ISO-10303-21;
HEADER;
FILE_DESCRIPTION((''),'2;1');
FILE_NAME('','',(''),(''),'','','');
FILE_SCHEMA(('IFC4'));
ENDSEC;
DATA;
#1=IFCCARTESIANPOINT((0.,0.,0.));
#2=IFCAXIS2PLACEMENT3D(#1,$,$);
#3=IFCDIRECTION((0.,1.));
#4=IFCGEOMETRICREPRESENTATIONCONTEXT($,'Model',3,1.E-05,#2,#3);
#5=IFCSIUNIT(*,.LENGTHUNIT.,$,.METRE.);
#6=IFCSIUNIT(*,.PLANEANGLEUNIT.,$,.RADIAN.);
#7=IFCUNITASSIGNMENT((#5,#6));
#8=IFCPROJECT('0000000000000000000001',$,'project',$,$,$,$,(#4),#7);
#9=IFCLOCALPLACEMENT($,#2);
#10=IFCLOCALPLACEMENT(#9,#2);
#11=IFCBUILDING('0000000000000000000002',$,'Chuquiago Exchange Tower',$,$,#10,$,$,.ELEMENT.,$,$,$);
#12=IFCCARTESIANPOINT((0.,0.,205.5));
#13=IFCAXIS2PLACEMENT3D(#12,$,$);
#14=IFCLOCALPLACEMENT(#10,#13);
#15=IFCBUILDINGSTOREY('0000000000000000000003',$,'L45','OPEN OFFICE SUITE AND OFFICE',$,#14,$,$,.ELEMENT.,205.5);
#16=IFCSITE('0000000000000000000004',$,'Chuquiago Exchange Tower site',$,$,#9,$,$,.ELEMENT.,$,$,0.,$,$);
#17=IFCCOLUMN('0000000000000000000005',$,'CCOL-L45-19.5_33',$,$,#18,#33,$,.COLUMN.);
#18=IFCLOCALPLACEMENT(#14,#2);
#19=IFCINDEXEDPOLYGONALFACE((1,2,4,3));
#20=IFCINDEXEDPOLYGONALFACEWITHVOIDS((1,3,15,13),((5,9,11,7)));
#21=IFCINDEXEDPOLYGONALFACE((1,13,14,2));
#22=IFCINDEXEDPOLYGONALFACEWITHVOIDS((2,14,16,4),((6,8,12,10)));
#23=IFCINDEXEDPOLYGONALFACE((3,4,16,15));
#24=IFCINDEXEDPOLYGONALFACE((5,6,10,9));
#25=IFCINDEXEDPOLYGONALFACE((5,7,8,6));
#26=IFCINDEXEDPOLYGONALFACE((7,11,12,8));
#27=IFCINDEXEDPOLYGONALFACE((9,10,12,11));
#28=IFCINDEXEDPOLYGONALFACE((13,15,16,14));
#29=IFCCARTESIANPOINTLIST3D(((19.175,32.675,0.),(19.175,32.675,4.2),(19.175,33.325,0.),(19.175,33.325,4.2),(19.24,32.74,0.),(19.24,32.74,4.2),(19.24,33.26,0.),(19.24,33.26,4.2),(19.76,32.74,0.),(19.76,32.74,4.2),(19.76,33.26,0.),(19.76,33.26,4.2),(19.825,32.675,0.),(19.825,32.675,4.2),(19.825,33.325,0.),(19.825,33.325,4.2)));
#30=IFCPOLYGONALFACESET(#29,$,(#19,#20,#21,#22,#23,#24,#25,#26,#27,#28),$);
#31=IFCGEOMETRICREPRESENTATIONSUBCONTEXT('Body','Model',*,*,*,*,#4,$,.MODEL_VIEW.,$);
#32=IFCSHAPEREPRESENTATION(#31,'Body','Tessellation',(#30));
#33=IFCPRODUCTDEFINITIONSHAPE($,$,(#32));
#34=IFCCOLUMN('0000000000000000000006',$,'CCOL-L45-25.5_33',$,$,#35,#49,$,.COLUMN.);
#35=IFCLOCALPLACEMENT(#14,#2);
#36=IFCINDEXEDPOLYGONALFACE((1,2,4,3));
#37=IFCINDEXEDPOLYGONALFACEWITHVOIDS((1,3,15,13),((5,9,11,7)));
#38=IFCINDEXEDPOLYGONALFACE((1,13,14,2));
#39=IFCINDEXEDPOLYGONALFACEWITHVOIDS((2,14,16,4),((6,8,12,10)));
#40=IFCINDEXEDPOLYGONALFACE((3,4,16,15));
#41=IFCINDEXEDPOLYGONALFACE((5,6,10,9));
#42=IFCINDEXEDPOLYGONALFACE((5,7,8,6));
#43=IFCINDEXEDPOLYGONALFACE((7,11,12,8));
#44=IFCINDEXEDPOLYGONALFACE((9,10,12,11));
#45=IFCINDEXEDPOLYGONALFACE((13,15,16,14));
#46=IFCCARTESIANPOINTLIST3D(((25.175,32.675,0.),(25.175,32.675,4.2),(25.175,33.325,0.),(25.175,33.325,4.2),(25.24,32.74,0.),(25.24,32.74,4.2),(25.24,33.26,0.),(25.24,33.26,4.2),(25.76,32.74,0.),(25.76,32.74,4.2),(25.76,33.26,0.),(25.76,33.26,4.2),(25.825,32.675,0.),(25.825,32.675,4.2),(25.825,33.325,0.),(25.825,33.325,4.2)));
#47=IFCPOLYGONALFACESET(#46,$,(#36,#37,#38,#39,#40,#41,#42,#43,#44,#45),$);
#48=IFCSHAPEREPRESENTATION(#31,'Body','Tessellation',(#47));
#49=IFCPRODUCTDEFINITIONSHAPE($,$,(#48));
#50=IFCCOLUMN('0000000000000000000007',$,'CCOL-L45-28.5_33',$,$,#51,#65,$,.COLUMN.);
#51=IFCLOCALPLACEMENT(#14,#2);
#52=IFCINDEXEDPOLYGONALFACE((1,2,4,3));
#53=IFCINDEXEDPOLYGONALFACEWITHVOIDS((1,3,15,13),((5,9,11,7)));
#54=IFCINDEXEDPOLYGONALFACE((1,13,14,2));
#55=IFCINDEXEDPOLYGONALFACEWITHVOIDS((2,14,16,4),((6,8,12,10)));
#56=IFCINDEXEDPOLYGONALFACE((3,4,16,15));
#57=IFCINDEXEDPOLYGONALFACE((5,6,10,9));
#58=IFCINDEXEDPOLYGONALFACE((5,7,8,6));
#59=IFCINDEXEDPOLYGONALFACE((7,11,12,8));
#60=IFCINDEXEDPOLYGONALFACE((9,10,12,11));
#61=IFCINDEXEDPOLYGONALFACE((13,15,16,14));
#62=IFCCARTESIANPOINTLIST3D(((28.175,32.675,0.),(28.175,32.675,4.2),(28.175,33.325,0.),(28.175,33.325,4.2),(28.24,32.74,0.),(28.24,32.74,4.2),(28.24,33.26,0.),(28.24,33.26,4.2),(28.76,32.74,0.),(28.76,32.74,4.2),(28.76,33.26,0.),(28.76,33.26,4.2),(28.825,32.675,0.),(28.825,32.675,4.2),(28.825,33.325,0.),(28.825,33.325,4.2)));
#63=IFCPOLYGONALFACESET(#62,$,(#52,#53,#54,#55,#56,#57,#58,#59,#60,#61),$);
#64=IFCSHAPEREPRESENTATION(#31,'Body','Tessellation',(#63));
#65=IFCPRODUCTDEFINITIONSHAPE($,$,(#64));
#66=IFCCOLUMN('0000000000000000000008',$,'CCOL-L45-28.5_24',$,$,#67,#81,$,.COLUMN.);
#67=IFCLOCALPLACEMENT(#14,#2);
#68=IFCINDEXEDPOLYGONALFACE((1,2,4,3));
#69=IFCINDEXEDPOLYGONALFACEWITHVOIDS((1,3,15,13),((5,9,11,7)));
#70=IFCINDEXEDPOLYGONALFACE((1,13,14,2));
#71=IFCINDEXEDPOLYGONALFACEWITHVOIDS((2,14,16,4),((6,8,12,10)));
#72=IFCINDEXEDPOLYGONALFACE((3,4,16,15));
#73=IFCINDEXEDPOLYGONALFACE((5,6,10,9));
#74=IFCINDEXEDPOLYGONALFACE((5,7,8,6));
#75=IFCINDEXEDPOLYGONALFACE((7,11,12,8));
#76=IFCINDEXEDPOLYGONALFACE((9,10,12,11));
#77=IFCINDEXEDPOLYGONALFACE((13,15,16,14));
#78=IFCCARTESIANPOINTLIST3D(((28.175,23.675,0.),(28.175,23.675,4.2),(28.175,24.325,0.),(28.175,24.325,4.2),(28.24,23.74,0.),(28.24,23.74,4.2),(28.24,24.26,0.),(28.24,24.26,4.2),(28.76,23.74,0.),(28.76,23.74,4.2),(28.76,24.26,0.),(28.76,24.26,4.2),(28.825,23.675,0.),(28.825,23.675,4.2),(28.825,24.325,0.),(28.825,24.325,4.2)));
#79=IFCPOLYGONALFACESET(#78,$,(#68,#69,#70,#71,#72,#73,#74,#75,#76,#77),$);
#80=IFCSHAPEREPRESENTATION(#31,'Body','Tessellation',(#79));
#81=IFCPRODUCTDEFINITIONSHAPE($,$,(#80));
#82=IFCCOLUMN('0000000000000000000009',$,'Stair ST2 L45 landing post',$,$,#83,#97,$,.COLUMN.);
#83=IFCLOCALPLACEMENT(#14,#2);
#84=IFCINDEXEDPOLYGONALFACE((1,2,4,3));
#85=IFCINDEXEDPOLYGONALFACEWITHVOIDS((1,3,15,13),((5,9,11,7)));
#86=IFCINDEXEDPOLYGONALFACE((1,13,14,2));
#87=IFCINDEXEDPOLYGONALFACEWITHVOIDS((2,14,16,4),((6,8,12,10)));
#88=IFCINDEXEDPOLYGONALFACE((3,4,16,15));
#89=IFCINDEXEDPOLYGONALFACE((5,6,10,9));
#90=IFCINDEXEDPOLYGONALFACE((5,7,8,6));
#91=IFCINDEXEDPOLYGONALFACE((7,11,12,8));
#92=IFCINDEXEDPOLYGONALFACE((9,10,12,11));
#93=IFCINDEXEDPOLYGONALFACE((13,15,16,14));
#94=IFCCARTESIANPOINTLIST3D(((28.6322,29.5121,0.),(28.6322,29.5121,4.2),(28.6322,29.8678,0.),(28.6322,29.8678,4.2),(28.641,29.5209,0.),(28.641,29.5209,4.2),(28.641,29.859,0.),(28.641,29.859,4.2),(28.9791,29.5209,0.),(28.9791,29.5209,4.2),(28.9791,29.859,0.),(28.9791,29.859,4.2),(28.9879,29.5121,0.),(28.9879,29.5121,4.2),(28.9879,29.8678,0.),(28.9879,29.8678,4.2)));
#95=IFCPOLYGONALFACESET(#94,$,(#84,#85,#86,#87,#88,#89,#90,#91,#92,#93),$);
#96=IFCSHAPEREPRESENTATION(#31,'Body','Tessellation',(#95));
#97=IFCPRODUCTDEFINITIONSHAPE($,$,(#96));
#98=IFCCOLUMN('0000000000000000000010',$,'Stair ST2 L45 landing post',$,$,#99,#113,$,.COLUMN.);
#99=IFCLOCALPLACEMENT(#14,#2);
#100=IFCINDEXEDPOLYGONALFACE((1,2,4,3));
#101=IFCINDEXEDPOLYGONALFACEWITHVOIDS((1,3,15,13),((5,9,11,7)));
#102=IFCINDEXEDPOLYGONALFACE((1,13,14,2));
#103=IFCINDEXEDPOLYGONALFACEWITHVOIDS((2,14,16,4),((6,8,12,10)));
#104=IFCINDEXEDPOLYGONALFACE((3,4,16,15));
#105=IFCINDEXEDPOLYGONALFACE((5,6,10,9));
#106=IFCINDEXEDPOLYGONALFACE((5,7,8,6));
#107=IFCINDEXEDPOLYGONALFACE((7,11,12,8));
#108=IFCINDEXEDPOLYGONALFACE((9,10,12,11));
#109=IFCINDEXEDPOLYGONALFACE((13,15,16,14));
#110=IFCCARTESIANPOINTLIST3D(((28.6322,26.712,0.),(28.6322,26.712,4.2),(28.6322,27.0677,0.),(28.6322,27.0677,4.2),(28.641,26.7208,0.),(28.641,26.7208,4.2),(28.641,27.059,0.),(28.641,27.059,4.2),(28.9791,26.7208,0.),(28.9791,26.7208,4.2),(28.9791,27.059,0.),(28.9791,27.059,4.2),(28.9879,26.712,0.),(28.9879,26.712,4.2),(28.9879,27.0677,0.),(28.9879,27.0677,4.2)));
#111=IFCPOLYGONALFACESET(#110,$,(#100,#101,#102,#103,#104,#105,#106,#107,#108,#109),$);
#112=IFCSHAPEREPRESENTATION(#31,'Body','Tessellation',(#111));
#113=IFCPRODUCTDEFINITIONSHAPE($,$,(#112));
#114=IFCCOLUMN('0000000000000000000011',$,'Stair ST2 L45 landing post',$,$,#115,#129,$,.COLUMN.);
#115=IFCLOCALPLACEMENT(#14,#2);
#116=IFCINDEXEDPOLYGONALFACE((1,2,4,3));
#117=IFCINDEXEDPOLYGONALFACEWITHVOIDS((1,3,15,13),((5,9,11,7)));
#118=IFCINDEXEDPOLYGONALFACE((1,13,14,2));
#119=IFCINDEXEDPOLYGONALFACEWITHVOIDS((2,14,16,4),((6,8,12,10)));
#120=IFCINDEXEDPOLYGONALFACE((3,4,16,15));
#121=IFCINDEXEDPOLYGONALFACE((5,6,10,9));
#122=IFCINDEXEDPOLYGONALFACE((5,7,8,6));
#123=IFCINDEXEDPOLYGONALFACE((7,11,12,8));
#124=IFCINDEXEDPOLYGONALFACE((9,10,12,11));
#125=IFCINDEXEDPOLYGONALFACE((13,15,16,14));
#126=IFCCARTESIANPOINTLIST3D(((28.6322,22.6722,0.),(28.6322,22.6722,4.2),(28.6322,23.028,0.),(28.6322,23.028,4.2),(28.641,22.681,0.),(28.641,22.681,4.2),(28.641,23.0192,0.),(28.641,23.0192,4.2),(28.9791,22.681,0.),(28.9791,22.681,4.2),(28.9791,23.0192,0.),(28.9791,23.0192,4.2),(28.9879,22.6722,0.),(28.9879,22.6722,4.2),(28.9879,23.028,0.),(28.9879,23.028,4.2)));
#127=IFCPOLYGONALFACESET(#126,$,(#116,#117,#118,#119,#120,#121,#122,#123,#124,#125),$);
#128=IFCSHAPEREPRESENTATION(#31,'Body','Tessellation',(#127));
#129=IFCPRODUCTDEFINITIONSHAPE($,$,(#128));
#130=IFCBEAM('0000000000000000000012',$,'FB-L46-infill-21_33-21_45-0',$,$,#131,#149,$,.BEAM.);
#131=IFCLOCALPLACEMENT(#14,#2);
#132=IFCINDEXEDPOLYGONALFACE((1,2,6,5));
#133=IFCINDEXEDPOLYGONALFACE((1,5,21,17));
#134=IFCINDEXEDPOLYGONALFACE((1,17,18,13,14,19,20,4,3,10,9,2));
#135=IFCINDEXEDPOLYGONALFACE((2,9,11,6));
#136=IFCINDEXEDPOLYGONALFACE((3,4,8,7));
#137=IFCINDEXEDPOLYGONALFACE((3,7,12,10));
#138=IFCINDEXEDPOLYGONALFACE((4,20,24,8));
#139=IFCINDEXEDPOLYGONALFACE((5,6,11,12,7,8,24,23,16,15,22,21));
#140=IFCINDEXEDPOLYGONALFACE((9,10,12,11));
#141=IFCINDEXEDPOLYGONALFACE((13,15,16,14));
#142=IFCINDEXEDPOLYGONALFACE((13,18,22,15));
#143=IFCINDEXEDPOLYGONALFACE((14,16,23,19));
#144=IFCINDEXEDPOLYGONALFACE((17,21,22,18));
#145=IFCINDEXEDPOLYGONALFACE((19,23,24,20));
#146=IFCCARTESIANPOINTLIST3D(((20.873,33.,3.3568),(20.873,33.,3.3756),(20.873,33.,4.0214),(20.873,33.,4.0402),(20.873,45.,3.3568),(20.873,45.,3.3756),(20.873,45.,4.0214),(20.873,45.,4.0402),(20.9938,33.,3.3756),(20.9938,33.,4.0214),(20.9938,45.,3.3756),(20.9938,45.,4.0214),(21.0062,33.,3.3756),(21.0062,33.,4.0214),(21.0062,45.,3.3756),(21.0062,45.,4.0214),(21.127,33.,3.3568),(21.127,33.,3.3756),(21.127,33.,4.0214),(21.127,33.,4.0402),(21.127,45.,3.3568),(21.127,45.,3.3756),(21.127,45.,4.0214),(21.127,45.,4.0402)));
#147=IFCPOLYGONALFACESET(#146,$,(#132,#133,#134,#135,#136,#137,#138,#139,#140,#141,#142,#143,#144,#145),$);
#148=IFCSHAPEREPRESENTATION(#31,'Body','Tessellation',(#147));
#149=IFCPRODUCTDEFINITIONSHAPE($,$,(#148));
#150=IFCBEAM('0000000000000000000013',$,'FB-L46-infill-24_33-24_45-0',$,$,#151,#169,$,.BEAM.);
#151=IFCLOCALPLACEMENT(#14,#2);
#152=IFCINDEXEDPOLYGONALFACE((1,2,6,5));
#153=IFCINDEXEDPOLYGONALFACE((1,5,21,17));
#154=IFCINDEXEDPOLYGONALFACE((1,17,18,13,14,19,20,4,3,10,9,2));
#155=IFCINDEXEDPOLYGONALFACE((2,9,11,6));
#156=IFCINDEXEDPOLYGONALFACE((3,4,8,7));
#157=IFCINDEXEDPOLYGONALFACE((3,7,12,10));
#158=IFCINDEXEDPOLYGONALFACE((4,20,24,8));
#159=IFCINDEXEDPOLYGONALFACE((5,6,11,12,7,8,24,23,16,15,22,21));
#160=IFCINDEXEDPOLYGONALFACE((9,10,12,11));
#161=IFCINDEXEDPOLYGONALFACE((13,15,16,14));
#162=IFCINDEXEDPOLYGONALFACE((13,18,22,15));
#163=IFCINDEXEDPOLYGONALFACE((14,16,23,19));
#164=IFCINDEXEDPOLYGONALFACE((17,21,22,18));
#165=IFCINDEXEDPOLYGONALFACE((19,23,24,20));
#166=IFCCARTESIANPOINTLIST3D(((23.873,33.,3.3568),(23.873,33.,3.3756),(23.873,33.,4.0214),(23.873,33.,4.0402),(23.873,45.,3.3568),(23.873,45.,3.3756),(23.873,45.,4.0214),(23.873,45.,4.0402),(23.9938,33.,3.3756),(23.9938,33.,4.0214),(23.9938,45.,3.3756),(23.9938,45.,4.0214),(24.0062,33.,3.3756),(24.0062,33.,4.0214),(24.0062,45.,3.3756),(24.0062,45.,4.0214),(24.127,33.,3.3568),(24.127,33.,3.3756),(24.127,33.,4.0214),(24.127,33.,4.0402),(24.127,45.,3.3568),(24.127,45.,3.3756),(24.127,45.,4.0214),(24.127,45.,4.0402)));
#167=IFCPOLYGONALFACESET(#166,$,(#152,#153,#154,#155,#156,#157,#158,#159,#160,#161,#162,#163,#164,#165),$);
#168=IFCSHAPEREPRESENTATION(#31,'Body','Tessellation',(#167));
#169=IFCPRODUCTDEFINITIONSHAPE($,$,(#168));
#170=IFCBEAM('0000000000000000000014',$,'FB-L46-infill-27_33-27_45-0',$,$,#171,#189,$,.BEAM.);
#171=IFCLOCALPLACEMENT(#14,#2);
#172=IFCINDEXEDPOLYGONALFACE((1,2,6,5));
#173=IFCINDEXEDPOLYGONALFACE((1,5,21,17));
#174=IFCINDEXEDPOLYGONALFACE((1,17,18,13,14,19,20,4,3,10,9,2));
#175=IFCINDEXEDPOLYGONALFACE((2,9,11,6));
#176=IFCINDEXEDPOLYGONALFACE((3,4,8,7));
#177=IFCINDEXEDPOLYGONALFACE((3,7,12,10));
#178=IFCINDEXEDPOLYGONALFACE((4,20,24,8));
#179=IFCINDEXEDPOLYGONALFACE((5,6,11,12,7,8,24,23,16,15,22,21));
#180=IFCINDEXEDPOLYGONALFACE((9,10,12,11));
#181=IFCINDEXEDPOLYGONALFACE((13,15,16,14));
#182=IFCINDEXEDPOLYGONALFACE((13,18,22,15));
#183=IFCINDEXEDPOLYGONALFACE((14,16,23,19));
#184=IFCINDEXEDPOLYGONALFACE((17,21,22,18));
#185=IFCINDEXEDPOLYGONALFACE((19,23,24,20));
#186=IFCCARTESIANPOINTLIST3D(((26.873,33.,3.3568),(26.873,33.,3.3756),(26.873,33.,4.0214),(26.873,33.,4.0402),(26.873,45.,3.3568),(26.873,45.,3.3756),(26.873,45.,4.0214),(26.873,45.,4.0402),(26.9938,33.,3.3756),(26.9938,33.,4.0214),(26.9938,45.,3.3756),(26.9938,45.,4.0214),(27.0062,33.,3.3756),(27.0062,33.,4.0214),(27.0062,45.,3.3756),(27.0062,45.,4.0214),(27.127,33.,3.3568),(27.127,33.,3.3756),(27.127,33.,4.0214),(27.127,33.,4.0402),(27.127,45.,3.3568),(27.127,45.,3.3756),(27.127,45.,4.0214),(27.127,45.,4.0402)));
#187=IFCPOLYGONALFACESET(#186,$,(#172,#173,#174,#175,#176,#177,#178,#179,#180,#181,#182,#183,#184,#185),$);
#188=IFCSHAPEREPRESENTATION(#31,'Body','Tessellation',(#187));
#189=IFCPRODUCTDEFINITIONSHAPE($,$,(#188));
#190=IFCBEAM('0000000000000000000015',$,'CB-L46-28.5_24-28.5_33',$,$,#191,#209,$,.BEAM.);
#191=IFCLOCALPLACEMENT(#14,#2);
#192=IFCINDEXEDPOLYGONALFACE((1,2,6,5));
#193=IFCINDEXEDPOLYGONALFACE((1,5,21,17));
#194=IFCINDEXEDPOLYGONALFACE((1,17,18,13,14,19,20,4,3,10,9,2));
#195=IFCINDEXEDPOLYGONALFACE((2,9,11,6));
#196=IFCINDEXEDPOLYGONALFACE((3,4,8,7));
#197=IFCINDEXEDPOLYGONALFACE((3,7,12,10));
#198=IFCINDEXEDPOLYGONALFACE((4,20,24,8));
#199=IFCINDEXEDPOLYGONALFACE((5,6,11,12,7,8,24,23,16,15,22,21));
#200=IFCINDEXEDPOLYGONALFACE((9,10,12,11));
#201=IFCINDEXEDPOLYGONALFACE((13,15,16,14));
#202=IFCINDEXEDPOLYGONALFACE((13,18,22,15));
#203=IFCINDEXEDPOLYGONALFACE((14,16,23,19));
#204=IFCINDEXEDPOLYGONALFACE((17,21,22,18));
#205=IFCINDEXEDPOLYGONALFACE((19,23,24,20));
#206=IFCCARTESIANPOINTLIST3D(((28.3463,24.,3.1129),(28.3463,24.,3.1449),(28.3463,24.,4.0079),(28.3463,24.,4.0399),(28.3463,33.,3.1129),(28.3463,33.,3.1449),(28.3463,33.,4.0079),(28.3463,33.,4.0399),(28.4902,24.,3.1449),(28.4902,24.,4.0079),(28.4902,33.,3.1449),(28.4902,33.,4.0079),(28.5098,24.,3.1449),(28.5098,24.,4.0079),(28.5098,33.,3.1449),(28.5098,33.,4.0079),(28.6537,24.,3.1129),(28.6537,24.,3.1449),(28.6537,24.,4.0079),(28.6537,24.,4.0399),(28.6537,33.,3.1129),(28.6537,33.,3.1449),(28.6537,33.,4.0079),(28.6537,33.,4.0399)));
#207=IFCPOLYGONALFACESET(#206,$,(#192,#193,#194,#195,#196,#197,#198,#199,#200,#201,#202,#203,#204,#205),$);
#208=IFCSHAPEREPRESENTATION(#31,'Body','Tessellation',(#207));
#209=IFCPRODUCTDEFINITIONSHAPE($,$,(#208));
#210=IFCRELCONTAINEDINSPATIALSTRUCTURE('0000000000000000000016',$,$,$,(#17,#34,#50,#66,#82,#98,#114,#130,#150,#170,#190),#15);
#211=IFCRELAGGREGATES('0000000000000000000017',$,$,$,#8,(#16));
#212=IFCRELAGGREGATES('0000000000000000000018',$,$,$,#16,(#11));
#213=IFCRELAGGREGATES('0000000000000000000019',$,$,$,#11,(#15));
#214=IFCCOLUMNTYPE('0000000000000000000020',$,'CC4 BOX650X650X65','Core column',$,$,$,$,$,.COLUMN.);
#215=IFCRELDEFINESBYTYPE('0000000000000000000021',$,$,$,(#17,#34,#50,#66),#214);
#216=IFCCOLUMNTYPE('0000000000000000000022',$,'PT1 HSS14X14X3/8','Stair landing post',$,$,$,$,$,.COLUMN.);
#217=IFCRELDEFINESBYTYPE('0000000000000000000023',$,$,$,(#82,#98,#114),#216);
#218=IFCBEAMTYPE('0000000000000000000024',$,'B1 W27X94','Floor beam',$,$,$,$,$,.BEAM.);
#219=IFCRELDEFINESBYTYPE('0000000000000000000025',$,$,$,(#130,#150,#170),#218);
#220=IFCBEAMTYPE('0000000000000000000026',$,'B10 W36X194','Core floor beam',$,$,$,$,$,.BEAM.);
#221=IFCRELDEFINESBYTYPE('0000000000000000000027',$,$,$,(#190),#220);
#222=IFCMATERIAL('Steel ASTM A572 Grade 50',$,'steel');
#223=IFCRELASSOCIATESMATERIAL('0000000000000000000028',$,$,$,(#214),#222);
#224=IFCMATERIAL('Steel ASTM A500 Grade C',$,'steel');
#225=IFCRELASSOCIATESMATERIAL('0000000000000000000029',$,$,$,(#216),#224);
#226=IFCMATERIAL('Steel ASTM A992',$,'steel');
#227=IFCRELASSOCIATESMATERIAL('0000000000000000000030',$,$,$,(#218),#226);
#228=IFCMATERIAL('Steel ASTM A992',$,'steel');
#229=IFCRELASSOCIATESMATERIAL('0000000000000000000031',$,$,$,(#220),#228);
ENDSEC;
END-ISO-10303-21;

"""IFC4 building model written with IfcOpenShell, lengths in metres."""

from ifc_helpers import new_model, si_unit, direction, frame, origin, origin_2d, place, context, subcontext, project, spatial, hollow_rectangle, i_section, extrude, material, material_profile, profile_set, type_object, element, save


model = new_model("IFC4")

# Units and contexts
model_context = context("Model", 3, precision=1e-05, world=origin(), true_north=direction((0.0, 1.0)))
body_context = subcontext(model_context, "Body", "Model", "MODEL_VIEW")
ifc_project = project(units=[si_unit("LENGTHUNIT", "METRE"), si_unit("PLANEANGLEUNIT", "RADIAN")], contexts=[model_context])

# Site, building, storey
site_placement = place(None, origin())
site = spatial("IfcSite", under=ifc_project, at=site_placement, Name="Chuquiago Exchange Tower site", CompositionType="ELEMENT", RefElevation=0.0)
building_placement = place(site_placement, origin())
building = spatial("IfcBuilding", under=site, at=building_placement, Name="Chuquiago Exchange Tower", CompositionType="ELEMENT")
storey_placement = place(building_placement, frame((0.0, 0.0, 205.5)))
storey = spatial("IfcBuildingStorey", under=building, at=storey_placement, Name="L45", Description="OPEN OFFICE SUITE AND OFFICE", CompositionType="ELEMENT", Elevation=205.5)

# Columns
ifc_material_1 = material(Name="Steel ASTM A572 Grade 50", Category="steel")
ifc_material_profile_1 = material_profile(ifc_material_1, hollow_rectangle(XDim=0.6499, YDim=0.6499, WallThickness=0.0649, at=origin_2d()), Name="BOX650X650X65")
ifc_profile_set_1 = profile_set([ifc_material_profile_1], Name="Steel ASTM A572 Grade 50")
column_type_1 = type_object("IfcColumnType", Name="CC4 BOX650X650X65", Description="Core column", PredefinedType="COLUMN", material=ifc_profile_set_1)
for number, where, z_axis, x_axis, name in (
    (1, (19.5, 33.0, 0.0), (0.0, 0.0, 1.0), (1.0, 0.0, 0.0), "CCOL-L45-19.5_33"),
    (2, (25.5, 33.0, 0.0), (0.0, 0.0, 1.0), (1.0, 0.0, 0.0), "CCOL-L45-25.5_33"),
    (3, (28.5, 33.0, 0.0), (0.0, 0.0, 1.0), (1.0, 0.0, 0.0), "CCOL-L45-28.5_33"),
    (4, (28.5, 24.0, 0.0), (0.0, 0.0, 1.0), (1.0, 0.0, 0.0), "CCOL-L45-28.5_24"),
):
    element("IfcColumn", number, at=place(storey_placement, frame(where, z_axis=z_axis, x_axis=x_axis)), inside=storey, type_object=column_type_1, Name=name, PredefinedType="COLUMN", context=body_context, shape_type="SweptSolid", body=[
        extrude(hollow_rectangle(XDim=0.6499, YDim=0.6499, WallThickness=0.0649, at=origin_2d()), origin(), (0.0, 0.0, 1.0), 4.2),
    ])
ifc_material_2 = material(Name="Steel ASTM A500 Grade C", Category="steel")
ifc_material_profile_2 = material_profile(ifc_material_2, hollow_rectangle(XDim=0.3557, YDim=0.3557, WallThickness=0.0088, at=origin_2d()), Name="HSS14X14X3/8")
ifc_profile_set_2 = profile_set([ifc_material_profile_2], Name="Steel ASTM A500 Grade C")
column_type_2 = type_object("IfcColumnType", Name="PT1 HSS14X14X3/8", Description="Stair landing post", PredefinedType="COLUMN", material=ifc_profile_set_2)
for number, where, z_axis, x_axis, name in (
    (5, (28.8101, 29.6899, 0.0), (0.0, 0.0, 1.0), (1.0, 0.0, 0.0), "Stair ST2 L45 landing post"),
    (6, (28.8101, 26.8899, 0.0), (0.0, 0.0, 1.0), (1.0, 0.0, 0.0), "Stair ST2 L45 landing post"),
    (7, (28.8101, 22.8501, 0.0), (0.0, 0.0, 1.0), (1.0, 0.0, 0.0), "Stair ST2 L45 landing post"),
):
    element("IfcColumn", number, at=place(storey_placement, frame(where, z_axis=z_axis, x_axis=x_axis)), inside=storey, type_object=column_type_2, Name=name, PredefinedType="COLUMN", context=body_context, shape_type="SweptSolid", body=[
        extrude(hollow_rectangle(XDim=0.3557, YDim=0.3557, WallThickness=0.0088, at=origin_2d()), origin(), (0.0, 0.0, 1.0), 4.2),
    ])

# Beams
ifc_material_3 = material(Name="Steel ASTM A992", Category="steel")
ifc_material_profile_3 = material_profile(ifc_material_3, i_section(OverallWidth=0.2539, OverallDepth=0.6833, WebThickness=0.0125, FlangeThickness=0.0188, at=origin_2d()), Name="W27X94")
ifc_profile_set_3 = profile_set([ifc_material_profile_3], Name="Steel ASTM A992")
beam_type_1 = type_object("IfcBeamType", Name="B1 W27X94", Description="Floor beam", PredefinedType="BEAM", material=ifc_profile_set_3)
for number, where, z_axis, x_axis, name in (
    (8, (21.0, 33.0, 3.6985), (0.0, 1.0, 0.0), (-1.0, 0.0, 0.0), "FB-L46-infill-21_33-21_45-0"),
    (9, (24.0, 33.0, 3.6985), (0.0, 1.0, 0.0), (-1.0, 0.0, 0.0), "FB-L46-infill-24_33-24_45-0"),
    (10, (27.0, 33.0, 3.6985), (0.0, 1.0, 0.0), (-1.0, 0.0, 0.0), "FB-L46-infill-27_33-27_45-0"),
):
    element("IfcBeam", number, at=place(storey_placement, frame(where, z_axis=z_axis, x_axis=x_axis)), inside=storey, type_object=beam_type_1, Name=name, PredefinedType="BEAM", context=body_context, shape_type="SweptSolid", body=[
        extrude(i_section(OverallWidth=0.2539, OverallDepth=0.6833, WebThickness=0.0125, FlangeThickness=0.0188, at=origin_2d()), origin(), (0.0, 0.0, 1.0), 12.0),
    ])
ifc_material_4 = material(Name="Steel ASTM A992", Category="steel")
ifc_material_profile_4 = material_profile(ifc_material_4, i_section(OverallWidth=0.3074, OverallDepth=0.927, WebThickness=0.0195, FlangeThickness=0.032, at=origin_2d()), Name="W36X194")
ifc_profile_set_4 = profile_set([ifc_material_profile_4], Name="Steel ASTM A992")
beam_type_2 = type_object("IfcBeamType", Name="B10 W36X194", Description="Core floor beam", PredefinedType="BEAM", material=ifc_profile_set_4)
beam_1_placement = place(storey_placement, frame((28.5, 24.0, 3.5764), z_axis=(0.0, 1.0, 0.0), x_axis=(-1.0, 0.0, 0.0)))
element("IfcBeam", 11, at=beam_1_placement, inside=storey, type_object=beam_type_2, Name="CB-L46-28.5_24-28.5_33", PredefinedType="BEAM", context=body_context, shape_type="SweptSolid", body=[
    extrude(i_section(OverallWidth=0.3074, OverallDepth=0.927, WebThickness=0.0195, FlangeThickness=0.032, at=origin_2d()), origin(), (0.0, 0.0, 1.0), 9.0),
])

save(model, "model.ifc")
